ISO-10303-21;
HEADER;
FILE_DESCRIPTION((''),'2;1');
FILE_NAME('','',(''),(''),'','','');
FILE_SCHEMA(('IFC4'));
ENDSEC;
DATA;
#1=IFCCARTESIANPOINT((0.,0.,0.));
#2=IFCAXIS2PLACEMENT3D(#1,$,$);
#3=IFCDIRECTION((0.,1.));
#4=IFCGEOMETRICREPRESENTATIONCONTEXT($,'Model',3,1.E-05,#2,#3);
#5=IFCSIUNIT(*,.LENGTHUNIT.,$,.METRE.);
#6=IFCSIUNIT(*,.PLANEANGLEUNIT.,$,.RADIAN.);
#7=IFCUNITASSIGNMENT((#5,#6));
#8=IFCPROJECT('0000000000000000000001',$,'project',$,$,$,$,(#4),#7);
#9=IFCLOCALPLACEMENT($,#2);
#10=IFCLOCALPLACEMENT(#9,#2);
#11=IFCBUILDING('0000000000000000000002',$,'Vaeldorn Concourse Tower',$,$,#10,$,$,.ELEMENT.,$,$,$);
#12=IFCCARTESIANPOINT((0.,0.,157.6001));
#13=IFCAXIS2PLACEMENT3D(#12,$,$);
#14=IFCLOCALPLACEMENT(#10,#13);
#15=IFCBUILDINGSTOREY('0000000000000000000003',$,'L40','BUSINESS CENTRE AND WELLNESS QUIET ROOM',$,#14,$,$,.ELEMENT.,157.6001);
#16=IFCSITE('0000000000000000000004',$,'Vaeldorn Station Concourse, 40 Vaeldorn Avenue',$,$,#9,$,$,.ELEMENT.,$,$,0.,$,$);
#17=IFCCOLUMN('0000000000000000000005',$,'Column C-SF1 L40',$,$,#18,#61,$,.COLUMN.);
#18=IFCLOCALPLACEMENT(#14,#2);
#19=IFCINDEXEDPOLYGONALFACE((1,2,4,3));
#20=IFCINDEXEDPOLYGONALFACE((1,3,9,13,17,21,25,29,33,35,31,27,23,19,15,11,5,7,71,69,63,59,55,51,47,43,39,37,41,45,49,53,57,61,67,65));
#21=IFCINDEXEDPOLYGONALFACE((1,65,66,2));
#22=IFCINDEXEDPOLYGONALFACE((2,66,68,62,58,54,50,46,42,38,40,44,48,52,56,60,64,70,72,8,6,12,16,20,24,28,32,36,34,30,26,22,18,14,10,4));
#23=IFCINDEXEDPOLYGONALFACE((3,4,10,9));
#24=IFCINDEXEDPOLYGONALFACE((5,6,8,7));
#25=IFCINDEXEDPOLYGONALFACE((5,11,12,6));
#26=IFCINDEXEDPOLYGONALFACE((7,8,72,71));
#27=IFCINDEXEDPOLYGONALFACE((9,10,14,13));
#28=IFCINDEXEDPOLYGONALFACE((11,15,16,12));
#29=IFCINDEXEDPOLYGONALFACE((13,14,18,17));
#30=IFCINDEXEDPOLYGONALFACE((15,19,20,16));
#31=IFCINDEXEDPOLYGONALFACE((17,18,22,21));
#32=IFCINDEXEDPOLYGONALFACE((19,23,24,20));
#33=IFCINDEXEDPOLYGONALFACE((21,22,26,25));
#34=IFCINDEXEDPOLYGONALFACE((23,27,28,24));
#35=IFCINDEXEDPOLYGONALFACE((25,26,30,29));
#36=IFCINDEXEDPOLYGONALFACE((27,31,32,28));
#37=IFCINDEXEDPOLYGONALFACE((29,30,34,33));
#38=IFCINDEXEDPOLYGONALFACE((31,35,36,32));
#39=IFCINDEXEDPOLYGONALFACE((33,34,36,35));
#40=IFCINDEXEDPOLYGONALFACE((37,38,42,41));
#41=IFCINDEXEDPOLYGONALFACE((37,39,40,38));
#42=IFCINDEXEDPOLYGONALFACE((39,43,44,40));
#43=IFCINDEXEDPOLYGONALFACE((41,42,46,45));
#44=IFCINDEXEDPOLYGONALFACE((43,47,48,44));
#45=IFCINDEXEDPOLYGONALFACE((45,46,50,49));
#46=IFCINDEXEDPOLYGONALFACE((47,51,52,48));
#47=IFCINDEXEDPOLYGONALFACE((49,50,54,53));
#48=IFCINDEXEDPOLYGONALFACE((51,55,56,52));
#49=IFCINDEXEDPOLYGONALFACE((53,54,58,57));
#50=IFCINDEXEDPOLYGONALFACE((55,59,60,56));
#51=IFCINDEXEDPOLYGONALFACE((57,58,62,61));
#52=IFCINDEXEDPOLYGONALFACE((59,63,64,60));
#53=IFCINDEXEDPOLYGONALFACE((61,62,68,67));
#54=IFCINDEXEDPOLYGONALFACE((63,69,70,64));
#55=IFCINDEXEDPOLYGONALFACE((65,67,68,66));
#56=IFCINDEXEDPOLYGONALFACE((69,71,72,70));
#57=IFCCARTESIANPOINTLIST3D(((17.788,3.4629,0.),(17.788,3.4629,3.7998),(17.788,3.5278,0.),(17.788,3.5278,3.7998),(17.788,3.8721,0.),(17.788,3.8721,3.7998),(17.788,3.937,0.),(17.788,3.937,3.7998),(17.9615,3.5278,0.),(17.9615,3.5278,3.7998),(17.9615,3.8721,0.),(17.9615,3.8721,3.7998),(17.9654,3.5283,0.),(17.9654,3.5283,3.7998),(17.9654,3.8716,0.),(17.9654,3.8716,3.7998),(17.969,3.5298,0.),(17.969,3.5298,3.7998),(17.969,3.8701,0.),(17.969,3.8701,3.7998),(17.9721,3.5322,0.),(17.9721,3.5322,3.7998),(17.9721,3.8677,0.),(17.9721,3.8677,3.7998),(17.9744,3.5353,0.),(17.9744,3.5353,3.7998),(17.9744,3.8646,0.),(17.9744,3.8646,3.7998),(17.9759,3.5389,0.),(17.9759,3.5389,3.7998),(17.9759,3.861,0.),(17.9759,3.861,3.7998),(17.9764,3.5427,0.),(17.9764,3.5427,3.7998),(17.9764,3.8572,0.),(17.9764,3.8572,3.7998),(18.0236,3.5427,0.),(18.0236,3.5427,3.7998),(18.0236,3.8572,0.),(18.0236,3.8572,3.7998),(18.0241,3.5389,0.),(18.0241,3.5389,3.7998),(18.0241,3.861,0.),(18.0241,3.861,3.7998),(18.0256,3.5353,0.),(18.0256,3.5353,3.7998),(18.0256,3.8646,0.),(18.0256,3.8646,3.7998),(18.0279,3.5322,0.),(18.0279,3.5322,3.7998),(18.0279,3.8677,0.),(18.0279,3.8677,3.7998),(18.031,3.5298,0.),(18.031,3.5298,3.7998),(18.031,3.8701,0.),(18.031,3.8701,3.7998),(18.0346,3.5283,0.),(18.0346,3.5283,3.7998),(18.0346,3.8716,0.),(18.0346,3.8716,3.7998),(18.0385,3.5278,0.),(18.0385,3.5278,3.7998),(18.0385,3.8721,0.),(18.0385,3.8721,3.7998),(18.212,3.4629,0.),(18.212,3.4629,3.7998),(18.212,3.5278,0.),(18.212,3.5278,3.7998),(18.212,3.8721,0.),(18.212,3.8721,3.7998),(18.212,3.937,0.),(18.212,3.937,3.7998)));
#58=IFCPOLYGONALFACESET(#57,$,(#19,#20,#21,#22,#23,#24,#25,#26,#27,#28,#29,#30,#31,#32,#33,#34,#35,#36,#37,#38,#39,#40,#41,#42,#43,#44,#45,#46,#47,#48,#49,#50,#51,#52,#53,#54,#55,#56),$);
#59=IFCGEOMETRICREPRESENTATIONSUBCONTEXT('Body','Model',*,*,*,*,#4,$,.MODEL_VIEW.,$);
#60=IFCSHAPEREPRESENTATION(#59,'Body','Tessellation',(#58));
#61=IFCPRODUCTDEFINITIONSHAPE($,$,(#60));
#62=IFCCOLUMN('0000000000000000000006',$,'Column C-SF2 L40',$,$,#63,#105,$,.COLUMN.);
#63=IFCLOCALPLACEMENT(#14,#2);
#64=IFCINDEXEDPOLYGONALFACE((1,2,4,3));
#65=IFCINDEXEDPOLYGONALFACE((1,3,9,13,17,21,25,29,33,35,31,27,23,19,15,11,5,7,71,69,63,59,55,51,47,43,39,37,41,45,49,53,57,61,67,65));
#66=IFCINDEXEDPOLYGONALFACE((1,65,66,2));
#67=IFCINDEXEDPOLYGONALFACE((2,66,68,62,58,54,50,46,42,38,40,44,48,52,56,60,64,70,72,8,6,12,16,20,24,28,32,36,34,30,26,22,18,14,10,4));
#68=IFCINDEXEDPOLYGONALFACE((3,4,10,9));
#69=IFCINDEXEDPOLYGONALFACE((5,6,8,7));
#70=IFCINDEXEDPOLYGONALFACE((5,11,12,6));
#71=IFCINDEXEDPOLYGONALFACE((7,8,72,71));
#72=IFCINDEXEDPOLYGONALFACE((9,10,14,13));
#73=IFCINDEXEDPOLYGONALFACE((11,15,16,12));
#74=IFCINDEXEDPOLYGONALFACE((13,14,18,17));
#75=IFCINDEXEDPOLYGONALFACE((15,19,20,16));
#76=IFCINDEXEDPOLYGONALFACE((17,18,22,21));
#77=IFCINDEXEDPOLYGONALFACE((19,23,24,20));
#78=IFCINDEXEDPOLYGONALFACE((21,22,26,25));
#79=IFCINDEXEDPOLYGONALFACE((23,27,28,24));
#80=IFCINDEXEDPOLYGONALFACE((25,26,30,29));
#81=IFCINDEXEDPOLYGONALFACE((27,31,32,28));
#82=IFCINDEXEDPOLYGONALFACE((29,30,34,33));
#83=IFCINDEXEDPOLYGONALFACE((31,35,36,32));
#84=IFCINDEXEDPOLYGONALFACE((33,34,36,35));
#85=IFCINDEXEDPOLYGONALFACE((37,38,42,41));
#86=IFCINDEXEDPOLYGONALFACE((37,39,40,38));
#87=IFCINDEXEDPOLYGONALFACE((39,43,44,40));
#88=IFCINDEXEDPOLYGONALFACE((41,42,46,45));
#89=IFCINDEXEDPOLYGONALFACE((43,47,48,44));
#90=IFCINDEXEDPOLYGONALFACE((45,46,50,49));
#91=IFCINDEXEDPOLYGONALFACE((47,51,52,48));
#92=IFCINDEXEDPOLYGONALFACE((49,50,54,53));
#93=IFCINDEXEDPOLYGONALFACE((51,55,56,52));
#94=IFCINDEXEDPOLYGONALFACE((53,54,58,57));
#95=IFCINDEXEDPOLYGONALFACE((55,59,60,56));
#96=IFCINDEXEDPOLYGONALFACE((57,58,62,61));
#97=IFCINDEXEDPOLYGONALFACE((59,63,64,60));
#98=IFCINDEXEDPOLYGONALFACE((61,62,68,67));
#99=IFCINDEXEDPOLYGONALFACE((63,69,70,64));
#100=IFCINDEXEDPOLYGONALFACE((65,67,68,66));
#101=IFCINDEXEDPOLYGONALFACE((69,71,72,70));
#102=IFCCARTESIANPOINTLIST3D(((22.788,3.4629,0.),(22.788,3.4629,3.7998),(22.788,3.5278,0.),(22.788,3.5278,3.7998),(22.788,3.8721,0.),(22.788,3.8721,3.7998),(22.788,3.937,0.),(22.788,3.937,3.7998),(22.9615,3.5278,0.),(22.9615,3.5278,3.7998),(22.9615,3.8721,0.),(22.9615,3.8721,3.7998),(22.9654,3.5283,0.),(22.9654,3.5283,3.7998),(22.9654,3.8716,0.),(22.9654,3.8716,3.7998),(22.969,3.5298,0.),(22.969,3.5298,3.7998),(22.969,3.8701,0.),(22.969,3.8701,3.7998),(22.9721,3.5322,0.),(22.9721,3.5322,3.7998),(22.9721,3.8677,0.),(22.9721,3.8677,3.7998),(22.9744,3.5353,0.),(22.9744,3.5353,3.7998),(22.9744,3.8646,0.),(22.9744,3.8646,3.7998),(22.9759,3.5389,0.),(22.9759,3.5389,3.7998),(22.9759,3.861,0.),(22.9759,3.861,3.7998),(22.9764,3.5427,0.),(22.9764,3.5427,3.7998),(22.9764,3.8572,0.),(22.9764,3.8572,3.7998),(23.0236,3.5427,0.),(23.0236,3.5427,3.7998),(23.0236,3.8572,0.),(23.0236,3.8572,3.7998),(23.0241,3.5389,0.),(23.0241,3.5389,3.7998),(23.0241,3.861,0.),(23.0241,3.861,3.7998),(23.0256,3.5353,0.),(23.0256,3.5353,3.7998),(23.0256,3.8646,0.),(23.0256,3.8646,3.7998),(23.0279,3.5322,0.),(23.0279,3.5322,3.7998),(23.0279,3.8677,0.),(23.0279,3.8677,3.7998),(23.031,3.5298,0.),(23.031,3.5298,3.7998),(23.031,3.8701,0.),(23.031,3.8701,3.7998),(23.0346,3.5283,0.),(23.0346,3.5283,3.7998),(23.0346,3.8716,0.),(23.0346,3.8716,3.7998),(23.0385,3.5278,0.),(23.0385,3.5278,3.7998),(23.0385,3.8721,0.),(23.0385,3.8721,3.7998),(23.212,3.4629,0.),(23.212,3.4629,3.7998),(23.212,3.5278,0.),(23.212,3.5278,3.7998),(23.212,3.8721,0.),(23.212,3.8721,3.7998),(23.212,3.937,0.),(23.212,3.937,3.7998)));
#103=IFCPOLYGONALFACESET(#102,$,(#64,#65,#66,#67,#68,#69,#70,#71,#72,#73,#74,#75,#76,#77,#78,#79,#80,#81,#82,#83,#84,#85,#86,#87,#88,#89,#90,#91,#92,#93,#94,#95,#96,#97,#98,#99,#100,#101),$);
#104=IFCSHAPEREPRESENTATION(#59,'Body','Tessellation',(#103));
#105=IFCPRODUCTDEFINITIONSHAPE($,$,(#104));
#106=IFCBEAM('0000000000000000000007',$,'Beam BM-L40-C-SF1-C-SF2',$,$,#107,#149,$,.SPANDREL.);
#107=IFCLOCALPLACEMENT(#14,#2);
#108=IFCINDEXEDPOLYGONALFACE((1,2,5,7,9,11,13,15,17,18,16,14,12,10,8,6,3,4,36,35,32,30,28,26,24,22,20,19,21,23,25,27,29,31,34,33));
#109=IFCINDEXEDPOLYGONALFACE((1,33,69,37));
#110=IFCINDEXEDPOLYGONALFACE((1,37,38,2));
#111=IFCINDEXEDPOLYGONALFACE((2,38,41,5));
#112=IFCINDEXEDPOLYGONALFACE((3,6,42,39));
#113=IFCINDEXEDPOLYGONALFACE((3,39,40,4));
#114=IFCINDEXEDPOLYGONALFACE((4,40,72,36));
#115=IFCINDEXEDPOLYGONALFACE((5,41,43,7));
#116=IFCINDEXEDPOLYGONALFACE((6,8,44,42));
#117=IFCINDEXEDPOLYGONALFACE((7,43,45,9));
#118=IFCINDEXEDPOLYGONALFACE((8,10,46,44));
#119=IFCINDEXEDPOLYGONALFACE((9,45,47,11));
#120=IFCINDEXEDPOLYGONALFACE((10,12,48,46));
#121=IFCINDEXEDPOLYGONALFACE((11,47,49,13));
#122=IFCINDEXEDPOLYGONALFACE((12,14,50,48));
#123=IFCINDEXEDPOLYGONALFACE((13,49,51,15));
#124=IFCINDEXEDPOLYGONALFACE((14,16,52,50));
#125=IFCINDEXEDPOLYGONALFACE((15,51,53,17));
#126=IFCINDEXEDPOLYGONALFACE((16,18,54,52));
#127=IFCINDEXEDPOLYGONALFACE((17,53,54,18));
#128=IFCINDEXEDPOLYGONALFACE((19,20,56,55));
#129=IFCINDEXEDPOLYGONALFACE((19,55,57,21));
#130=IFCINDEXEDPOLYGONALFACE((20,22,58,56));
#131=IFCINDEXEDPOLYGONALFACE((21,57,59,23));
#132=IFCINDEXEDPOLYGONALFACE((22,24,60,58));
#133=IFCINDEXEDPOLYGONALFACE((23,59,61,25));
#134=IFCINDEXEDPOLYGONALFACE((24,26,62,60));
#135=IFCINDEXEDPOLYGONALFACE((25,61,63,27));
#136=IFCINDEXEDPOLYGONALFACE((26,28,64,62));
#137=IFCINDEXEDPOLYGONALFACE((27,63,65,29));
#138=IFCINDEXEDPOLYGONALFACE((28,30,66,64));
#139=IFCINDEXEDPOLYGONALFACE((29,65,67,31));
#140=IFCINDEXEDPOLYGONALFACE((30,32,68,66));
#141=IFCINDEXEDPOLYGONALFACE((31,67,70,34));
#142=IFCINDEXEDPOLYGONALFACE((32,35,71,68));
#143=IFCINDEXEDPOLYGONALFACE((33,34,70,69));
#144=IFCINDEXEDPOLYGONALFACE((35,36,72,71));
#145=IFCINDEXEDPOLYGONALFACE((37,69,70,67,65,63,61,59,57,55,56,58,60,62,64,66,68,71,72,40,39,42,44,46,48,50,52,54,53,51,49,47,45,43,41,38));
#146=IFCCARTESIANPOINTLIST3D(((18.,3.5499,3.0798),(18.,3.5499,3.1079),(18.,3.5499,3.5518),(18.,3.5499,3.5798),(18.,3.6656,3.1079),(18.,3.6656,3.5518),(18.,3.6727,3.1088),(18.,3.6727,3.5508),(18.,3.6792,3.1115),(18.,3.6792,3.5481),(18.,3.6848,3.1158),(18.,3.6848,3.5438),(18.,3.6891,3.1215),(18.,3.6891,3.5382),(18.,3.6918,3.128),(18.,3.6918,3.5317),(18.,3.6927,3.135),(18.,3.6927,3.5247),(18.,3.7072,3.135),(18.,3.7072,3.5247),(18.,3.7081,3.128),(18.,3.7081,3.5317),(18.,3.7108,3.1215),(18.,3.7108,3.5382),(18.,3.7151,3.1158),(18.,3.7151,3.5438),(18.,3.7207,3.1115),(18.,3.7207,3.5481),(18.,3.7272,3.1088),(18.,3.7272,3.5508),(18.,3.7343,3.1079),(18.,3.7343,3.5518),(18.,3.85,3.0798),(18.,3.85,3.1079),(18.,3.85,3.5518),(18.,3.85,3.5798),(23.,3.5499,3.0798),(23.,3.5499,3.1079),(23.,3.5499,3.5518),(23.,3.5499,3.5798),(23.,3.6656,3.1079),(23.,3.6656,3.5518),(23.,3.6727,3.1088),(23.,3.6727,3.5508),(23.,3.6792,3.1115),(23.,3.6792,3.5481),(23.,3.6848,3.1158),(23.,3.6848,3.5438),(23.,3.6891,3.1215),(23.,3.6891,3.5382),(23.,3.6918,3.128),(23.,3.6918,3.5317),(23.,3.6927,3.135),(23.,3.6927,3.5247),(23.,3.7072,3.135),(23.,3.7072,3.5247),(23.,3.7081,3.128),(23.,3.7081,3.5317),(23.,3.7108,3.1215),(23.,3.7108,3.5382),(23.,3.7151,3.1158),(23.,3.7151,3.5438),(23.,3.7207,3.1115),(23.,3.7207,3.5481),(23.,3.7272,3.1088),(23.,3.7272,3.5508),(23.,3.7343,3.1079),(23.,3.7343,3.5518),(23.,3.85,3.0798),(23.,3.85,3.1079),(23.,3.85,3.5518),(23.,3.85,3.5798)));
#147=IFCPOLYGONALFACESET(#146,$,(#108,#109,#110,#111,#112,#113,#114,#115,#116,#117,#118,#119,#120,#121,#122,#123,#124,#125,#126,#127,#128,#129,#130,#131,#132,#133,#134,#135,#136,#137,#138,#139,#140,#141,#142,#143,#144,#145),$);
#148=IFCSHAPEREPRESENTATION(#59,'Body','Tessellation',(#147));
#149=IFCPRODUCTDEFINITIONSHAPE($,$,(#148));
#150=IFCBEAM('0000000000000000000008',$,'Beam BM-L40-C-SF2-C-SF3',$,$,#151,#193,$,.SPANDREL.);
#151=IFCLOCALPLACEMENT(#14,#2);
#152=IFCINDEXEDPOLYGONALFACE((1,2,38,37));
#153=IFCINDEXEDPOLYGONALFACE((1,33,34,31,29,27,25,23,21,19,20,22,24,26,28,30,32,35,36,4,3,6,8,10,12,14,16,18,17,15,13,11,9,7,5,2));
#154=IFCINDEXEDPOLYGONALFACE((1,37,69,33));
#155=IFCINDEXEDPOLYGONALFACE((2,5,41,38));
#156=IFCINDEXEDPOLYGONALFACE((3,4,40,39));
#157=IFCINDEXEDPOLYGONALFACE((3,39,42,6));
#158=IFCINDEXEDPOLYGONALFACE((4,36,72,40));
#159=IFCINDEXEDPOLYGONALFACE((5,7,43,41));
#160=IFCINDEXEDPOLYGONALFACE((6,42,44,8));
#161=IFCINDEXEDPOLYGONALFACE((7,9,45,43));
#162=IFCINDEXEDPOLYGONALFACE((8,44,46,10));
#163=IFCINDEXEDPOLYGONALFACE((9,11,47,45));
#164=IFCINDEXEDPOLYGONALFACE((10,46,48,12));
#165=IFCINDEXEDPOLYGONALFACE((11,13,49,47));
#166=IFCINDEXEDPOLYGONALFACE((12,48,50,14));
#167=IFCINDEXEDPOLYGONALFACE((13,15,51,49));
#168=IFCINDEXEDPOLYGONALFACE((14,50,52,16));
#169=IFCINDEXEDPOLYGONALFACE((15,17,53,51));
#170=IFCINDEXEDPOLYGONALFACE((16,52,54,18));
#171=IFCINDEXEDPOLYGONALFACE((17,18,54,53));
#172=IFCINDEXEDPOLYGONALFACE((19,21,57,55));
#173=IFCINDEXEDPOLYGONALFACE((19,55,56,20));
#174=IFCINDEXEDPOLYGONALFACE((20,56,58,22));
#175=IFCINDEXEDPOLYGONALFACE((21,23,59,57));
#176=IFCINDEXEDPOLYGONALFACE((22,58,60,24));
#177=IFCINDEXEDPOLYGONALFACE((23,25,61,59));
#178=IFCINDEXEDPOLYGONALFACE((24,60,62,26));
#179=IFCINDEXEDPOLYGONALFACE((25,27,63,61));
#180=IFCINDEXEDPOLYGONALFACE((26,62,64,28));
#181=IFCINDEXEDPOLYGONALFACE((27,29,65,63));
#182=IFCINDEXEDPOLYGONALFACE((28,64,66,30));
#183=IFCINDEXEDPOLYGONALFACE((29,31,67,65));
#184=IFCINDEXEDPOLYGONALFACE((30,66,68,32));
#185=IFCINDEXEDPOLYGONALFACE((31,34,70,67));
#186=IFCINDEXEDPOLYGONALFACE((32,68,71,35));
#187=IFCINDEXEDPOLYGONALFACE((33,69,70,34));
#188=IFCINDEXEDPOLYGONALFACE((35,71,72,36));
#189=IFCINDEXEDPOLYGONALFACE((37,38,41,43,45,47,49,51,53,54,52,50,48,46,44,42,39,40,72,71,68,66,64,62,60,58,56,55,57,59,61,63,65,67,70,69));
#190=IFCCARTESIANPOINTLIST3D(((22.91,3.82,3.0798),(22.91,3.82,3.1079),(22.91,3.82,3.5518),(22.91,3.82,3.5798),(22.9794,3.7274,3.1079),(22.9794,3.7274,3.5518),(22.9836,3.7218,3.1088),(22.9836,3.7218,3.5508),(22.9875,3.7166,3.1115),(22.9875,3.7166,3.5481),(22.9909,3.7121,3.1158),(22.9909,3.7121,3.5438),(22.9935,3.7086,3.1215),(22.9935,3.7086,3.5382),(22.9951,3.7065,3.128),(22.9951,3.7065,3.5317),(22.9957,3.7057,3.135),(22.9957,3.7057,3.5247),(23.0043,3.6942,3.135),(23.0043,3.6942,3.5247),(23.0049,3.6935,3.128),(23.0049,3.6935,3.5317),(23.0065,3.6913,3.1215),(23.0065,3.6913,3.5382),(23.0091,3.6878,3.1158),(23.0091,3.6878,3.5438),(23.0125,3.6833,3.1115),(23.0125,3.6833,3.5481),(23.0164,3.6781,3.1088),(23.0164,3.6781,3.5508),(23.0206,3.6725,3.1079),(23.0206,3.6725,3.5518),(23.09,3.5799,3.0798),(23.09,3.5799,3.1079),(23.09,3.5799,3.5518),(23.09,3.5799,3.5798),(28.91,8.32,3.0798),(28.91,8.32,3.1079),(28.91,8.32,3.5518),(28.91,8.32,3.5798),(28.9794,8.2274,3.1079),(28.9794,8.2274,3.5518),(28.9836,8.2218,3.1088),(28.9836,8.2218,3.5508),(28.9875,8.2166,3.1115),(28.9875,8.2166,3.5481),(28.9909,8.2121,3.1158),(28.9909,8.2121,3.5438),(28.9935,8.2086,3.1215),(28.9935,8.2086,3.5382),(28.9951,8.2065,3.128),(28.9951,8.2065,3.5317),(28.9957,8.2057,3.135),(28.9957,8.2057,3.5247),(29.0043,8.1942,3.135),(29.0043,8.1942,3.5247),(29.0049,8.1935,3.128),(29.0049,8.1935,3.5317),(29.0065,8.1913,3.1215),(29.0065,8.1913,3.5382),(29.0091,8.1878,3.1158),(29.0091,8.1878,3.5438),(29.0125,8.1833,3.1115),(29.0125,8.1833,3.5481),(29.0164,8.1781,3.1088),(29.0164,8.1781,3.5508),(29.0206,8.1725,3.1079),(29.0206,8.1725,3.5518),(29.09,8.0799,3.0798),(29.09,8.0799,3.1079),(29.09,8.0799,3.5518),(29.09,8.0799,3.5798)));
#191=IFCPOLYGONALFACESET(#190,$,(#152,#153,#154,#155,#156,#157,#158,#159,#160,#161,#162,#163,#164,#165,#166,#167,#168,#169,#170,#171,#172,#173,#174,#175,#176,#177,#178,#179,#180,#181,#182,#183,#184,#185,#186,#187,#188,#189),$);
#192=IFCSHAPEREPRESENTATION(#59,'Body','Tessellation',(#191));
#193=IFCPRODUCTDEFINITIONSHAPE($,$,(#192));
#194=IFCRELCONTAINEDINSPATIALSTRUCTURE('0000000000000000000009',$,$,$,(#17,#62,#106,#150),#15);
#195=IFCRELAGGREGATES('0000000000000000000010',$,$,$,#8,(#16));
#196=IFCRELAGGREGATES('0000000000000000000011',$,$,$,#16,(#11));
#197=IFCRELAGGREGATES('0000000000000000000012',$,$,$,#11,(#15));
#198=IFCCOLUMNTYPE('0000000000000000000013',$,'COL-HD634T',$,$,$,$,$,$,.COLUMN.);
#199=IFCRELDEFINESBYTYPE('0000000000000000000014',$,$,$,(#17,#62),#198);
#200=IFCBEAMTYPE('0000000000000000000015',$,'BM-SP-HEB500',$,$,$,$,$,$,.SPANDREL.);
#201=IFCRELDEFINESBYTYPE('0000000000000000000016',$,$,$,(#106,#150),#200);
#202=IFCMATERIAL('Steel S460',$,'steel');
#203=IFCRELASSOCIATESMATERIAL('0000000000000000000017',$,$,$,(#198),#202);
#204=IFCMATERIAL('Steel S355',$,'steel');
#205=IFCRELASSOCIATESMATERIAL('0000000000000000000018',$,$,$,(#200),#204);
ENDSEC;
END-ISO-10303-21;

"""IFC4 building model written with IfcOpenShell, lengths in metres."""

from ifc_helpers import new_model, si_unit, direction, frame, origin, origin_2d, place, context, subcontext, project, spatial, i_section, extrude, source, transform, mapped, material, material_profile, profile_set, type_object, element, save


model = new_model("IFC4")

# Units and contexts
model_context = context("Model", 3, precision=1e-05, world=origin(), true_north=direction((0.0, 1.0)))
body_context = subcontext(model_context, "Body", "Model", "MODEL_VIEW")
ifc_project = project(units=[si_unit("LENGTHUNIT", "METRE"), si_unit("PLANEANGLEUNIT", "RADIAN")], contexts=[model_context])

# Site, building, storey
site_placement = place(None, origin())
site = spatial("IfcSite", under=ifc_project, at=site_placement, Name="Vaeldorn Station Concourse, 40 Vaeldorn Avenue", CompositionType="ELEMENT", RefElevation=0.0)
building_placement = place(site_placement, origin())
building = spatial("IfcBuilding", under=site, at=building_placement, Name="Vaeldorn Concourse Tower", CompositionType="ELEMENT")
storey_placement = place(building_placement, frame((0.0, 0.0, 157.6001)))
storey = spatial("IfcBuildingStorey", under=building, at=storey_placement, Name="L40", Description="BUSINESS CENTRE AND WELLNESS QUIET ROOM", CompositionType="ELEMENT", Elevation=157.6001)

# Columns
ifc_material_1 = material(Name="Steel S460", Category="steel")
ifc_material_profile_1 = material_profile(ifc_material_1, i_section(OverallWidth=0.4241, OverallDepth=0.4741, WebThickness=0.0471, FlangeThickness=0.0649, FilletRadius=0.0149, at=origin_2d()), Name="HD 400x634")
ifc_profile_set_1 = profile_set([ifc_material_profile_1], Name="Steel S460")
column_type = type_object("IfcColumnType", Name="COL-HD634T", PredefinedType="COLUMN", material=ifc_profile_set_1)
shared_shape_1 = source(origin(), body_context, "Body", "SweptSolid", [
    extrude(i_section(OverallWidth=0.4241, OverallDepth=0.4741, WebThickness=0.0471, FlangeThickness=0.0649, FilletRadius=0.0149, at=origin_2d()), origin(), (0.0, 0.0, 1.0), 3.7998),
])
for number, where, z_axis, x_axis, name in (
    (1, (18.0, 3.7, 0.0), (0.0, 0.0, 1.0), (1.0, 0.0, 0.0), "Column C-SF1 L40"),
    (2, (23.0, 3.7, 0.0), (0.0, 0.0, 1.0), (1.0, 0.0, 0.0), "Column C-SF2 L40"),
):
    element("IfcColumn", number, at=place(storey_placement, frame(where, z_axis=z_axis, x_axis=x_axis)), inside=storey, type_object=column_type, Name=name, PredefinedType="COLUMN", context=body_context, shape_type="MappedRepresentation", body=[
        mapped(shared_shape_1, transform((0.0, 0.0, 0.0), scale=1.0)),
    ])

# Beams
ifc_material_2 = material(Name="Steel S355", Category="steel")
ifc_material_profile_2 = material_profile(ifc_material_2, i_section(OverallWidth=0.3, OverallDepth=0.5, WebThickness=0.0144, FlangeThickness=0.0281, FilletRadius=0.0271, at=origin_2d()), Name="HEB 500")
ifc_profile_set_2 = profile_set([ifc_material_profile_2], Name="Steel S355")
beam_type_1 = type_object("IfcBeamType", Name="BM-SP-HEB500", PredefinedType="SPANDREL", material=ifc_profile_set_2)
shared_shape_2 = source(origin(), body_context, "Body", "SweptSolid", [
    extrude(i_section(OverallWidth=0.3, OverallDepth=0.5, WebThickness=0.0144, FlangeThickness=0.0281, FilletRadius=0.0271, at=origin_2d()), origin(), (0.0, 0.0, 1.0), 5.0),
])
beam_1_placement = place(storey_placement, frame((18.0, 3.7, 3.3298), z_axis=(1.0, 0.0, 0.0), x_axis=(0.0, 1.0, 0.0)))
element("IfcBeam", 3, at=beam_1_placement, inside=storey, type_object=beam_type_1, Name="Beam BM-L40-C-SF1-C-SF2", PredefinedType="SPANDREL", context=body_context, shape_type="MappedRepresentation", body=[
    mapped(shared_shape_2, transform((0.0, 0.0, 0.0), scale=1.0)),
])
shared_shape_3 = source(origin(), body_context, "Body", "SweptSolid", [
    extrude(i_section(OverallWidth=0.3, OverallDepth=0.5, WebThickness=0.0144, FlangeThickness=0.0281, FilletRadius=0.0271, at=origin_2d()), origin(), (0.0, 0.0, 1.0), 7.5),
])
beam_2_placement = place(storey_placement, frame((23.0, 3.7, 3.3298), z_axis=(0.8, 0.6, 0.0), x_axis=(-0.6, 0.8, 0.0)))
element("IfcBeam", 4, at=beam_2_placement, inside=storey, type_object=beam_type_1, Name="Beam BM-L40-C-SF2-C-SF3", PredefinedType="SPANDREL", context=body_context, shape_type="MappedRepresentation", body=[
    mapped(shared_shape_3, transform((0.0, 0.0, 0.0), scale=1.0)),
])

save(model, "model.ifc")
